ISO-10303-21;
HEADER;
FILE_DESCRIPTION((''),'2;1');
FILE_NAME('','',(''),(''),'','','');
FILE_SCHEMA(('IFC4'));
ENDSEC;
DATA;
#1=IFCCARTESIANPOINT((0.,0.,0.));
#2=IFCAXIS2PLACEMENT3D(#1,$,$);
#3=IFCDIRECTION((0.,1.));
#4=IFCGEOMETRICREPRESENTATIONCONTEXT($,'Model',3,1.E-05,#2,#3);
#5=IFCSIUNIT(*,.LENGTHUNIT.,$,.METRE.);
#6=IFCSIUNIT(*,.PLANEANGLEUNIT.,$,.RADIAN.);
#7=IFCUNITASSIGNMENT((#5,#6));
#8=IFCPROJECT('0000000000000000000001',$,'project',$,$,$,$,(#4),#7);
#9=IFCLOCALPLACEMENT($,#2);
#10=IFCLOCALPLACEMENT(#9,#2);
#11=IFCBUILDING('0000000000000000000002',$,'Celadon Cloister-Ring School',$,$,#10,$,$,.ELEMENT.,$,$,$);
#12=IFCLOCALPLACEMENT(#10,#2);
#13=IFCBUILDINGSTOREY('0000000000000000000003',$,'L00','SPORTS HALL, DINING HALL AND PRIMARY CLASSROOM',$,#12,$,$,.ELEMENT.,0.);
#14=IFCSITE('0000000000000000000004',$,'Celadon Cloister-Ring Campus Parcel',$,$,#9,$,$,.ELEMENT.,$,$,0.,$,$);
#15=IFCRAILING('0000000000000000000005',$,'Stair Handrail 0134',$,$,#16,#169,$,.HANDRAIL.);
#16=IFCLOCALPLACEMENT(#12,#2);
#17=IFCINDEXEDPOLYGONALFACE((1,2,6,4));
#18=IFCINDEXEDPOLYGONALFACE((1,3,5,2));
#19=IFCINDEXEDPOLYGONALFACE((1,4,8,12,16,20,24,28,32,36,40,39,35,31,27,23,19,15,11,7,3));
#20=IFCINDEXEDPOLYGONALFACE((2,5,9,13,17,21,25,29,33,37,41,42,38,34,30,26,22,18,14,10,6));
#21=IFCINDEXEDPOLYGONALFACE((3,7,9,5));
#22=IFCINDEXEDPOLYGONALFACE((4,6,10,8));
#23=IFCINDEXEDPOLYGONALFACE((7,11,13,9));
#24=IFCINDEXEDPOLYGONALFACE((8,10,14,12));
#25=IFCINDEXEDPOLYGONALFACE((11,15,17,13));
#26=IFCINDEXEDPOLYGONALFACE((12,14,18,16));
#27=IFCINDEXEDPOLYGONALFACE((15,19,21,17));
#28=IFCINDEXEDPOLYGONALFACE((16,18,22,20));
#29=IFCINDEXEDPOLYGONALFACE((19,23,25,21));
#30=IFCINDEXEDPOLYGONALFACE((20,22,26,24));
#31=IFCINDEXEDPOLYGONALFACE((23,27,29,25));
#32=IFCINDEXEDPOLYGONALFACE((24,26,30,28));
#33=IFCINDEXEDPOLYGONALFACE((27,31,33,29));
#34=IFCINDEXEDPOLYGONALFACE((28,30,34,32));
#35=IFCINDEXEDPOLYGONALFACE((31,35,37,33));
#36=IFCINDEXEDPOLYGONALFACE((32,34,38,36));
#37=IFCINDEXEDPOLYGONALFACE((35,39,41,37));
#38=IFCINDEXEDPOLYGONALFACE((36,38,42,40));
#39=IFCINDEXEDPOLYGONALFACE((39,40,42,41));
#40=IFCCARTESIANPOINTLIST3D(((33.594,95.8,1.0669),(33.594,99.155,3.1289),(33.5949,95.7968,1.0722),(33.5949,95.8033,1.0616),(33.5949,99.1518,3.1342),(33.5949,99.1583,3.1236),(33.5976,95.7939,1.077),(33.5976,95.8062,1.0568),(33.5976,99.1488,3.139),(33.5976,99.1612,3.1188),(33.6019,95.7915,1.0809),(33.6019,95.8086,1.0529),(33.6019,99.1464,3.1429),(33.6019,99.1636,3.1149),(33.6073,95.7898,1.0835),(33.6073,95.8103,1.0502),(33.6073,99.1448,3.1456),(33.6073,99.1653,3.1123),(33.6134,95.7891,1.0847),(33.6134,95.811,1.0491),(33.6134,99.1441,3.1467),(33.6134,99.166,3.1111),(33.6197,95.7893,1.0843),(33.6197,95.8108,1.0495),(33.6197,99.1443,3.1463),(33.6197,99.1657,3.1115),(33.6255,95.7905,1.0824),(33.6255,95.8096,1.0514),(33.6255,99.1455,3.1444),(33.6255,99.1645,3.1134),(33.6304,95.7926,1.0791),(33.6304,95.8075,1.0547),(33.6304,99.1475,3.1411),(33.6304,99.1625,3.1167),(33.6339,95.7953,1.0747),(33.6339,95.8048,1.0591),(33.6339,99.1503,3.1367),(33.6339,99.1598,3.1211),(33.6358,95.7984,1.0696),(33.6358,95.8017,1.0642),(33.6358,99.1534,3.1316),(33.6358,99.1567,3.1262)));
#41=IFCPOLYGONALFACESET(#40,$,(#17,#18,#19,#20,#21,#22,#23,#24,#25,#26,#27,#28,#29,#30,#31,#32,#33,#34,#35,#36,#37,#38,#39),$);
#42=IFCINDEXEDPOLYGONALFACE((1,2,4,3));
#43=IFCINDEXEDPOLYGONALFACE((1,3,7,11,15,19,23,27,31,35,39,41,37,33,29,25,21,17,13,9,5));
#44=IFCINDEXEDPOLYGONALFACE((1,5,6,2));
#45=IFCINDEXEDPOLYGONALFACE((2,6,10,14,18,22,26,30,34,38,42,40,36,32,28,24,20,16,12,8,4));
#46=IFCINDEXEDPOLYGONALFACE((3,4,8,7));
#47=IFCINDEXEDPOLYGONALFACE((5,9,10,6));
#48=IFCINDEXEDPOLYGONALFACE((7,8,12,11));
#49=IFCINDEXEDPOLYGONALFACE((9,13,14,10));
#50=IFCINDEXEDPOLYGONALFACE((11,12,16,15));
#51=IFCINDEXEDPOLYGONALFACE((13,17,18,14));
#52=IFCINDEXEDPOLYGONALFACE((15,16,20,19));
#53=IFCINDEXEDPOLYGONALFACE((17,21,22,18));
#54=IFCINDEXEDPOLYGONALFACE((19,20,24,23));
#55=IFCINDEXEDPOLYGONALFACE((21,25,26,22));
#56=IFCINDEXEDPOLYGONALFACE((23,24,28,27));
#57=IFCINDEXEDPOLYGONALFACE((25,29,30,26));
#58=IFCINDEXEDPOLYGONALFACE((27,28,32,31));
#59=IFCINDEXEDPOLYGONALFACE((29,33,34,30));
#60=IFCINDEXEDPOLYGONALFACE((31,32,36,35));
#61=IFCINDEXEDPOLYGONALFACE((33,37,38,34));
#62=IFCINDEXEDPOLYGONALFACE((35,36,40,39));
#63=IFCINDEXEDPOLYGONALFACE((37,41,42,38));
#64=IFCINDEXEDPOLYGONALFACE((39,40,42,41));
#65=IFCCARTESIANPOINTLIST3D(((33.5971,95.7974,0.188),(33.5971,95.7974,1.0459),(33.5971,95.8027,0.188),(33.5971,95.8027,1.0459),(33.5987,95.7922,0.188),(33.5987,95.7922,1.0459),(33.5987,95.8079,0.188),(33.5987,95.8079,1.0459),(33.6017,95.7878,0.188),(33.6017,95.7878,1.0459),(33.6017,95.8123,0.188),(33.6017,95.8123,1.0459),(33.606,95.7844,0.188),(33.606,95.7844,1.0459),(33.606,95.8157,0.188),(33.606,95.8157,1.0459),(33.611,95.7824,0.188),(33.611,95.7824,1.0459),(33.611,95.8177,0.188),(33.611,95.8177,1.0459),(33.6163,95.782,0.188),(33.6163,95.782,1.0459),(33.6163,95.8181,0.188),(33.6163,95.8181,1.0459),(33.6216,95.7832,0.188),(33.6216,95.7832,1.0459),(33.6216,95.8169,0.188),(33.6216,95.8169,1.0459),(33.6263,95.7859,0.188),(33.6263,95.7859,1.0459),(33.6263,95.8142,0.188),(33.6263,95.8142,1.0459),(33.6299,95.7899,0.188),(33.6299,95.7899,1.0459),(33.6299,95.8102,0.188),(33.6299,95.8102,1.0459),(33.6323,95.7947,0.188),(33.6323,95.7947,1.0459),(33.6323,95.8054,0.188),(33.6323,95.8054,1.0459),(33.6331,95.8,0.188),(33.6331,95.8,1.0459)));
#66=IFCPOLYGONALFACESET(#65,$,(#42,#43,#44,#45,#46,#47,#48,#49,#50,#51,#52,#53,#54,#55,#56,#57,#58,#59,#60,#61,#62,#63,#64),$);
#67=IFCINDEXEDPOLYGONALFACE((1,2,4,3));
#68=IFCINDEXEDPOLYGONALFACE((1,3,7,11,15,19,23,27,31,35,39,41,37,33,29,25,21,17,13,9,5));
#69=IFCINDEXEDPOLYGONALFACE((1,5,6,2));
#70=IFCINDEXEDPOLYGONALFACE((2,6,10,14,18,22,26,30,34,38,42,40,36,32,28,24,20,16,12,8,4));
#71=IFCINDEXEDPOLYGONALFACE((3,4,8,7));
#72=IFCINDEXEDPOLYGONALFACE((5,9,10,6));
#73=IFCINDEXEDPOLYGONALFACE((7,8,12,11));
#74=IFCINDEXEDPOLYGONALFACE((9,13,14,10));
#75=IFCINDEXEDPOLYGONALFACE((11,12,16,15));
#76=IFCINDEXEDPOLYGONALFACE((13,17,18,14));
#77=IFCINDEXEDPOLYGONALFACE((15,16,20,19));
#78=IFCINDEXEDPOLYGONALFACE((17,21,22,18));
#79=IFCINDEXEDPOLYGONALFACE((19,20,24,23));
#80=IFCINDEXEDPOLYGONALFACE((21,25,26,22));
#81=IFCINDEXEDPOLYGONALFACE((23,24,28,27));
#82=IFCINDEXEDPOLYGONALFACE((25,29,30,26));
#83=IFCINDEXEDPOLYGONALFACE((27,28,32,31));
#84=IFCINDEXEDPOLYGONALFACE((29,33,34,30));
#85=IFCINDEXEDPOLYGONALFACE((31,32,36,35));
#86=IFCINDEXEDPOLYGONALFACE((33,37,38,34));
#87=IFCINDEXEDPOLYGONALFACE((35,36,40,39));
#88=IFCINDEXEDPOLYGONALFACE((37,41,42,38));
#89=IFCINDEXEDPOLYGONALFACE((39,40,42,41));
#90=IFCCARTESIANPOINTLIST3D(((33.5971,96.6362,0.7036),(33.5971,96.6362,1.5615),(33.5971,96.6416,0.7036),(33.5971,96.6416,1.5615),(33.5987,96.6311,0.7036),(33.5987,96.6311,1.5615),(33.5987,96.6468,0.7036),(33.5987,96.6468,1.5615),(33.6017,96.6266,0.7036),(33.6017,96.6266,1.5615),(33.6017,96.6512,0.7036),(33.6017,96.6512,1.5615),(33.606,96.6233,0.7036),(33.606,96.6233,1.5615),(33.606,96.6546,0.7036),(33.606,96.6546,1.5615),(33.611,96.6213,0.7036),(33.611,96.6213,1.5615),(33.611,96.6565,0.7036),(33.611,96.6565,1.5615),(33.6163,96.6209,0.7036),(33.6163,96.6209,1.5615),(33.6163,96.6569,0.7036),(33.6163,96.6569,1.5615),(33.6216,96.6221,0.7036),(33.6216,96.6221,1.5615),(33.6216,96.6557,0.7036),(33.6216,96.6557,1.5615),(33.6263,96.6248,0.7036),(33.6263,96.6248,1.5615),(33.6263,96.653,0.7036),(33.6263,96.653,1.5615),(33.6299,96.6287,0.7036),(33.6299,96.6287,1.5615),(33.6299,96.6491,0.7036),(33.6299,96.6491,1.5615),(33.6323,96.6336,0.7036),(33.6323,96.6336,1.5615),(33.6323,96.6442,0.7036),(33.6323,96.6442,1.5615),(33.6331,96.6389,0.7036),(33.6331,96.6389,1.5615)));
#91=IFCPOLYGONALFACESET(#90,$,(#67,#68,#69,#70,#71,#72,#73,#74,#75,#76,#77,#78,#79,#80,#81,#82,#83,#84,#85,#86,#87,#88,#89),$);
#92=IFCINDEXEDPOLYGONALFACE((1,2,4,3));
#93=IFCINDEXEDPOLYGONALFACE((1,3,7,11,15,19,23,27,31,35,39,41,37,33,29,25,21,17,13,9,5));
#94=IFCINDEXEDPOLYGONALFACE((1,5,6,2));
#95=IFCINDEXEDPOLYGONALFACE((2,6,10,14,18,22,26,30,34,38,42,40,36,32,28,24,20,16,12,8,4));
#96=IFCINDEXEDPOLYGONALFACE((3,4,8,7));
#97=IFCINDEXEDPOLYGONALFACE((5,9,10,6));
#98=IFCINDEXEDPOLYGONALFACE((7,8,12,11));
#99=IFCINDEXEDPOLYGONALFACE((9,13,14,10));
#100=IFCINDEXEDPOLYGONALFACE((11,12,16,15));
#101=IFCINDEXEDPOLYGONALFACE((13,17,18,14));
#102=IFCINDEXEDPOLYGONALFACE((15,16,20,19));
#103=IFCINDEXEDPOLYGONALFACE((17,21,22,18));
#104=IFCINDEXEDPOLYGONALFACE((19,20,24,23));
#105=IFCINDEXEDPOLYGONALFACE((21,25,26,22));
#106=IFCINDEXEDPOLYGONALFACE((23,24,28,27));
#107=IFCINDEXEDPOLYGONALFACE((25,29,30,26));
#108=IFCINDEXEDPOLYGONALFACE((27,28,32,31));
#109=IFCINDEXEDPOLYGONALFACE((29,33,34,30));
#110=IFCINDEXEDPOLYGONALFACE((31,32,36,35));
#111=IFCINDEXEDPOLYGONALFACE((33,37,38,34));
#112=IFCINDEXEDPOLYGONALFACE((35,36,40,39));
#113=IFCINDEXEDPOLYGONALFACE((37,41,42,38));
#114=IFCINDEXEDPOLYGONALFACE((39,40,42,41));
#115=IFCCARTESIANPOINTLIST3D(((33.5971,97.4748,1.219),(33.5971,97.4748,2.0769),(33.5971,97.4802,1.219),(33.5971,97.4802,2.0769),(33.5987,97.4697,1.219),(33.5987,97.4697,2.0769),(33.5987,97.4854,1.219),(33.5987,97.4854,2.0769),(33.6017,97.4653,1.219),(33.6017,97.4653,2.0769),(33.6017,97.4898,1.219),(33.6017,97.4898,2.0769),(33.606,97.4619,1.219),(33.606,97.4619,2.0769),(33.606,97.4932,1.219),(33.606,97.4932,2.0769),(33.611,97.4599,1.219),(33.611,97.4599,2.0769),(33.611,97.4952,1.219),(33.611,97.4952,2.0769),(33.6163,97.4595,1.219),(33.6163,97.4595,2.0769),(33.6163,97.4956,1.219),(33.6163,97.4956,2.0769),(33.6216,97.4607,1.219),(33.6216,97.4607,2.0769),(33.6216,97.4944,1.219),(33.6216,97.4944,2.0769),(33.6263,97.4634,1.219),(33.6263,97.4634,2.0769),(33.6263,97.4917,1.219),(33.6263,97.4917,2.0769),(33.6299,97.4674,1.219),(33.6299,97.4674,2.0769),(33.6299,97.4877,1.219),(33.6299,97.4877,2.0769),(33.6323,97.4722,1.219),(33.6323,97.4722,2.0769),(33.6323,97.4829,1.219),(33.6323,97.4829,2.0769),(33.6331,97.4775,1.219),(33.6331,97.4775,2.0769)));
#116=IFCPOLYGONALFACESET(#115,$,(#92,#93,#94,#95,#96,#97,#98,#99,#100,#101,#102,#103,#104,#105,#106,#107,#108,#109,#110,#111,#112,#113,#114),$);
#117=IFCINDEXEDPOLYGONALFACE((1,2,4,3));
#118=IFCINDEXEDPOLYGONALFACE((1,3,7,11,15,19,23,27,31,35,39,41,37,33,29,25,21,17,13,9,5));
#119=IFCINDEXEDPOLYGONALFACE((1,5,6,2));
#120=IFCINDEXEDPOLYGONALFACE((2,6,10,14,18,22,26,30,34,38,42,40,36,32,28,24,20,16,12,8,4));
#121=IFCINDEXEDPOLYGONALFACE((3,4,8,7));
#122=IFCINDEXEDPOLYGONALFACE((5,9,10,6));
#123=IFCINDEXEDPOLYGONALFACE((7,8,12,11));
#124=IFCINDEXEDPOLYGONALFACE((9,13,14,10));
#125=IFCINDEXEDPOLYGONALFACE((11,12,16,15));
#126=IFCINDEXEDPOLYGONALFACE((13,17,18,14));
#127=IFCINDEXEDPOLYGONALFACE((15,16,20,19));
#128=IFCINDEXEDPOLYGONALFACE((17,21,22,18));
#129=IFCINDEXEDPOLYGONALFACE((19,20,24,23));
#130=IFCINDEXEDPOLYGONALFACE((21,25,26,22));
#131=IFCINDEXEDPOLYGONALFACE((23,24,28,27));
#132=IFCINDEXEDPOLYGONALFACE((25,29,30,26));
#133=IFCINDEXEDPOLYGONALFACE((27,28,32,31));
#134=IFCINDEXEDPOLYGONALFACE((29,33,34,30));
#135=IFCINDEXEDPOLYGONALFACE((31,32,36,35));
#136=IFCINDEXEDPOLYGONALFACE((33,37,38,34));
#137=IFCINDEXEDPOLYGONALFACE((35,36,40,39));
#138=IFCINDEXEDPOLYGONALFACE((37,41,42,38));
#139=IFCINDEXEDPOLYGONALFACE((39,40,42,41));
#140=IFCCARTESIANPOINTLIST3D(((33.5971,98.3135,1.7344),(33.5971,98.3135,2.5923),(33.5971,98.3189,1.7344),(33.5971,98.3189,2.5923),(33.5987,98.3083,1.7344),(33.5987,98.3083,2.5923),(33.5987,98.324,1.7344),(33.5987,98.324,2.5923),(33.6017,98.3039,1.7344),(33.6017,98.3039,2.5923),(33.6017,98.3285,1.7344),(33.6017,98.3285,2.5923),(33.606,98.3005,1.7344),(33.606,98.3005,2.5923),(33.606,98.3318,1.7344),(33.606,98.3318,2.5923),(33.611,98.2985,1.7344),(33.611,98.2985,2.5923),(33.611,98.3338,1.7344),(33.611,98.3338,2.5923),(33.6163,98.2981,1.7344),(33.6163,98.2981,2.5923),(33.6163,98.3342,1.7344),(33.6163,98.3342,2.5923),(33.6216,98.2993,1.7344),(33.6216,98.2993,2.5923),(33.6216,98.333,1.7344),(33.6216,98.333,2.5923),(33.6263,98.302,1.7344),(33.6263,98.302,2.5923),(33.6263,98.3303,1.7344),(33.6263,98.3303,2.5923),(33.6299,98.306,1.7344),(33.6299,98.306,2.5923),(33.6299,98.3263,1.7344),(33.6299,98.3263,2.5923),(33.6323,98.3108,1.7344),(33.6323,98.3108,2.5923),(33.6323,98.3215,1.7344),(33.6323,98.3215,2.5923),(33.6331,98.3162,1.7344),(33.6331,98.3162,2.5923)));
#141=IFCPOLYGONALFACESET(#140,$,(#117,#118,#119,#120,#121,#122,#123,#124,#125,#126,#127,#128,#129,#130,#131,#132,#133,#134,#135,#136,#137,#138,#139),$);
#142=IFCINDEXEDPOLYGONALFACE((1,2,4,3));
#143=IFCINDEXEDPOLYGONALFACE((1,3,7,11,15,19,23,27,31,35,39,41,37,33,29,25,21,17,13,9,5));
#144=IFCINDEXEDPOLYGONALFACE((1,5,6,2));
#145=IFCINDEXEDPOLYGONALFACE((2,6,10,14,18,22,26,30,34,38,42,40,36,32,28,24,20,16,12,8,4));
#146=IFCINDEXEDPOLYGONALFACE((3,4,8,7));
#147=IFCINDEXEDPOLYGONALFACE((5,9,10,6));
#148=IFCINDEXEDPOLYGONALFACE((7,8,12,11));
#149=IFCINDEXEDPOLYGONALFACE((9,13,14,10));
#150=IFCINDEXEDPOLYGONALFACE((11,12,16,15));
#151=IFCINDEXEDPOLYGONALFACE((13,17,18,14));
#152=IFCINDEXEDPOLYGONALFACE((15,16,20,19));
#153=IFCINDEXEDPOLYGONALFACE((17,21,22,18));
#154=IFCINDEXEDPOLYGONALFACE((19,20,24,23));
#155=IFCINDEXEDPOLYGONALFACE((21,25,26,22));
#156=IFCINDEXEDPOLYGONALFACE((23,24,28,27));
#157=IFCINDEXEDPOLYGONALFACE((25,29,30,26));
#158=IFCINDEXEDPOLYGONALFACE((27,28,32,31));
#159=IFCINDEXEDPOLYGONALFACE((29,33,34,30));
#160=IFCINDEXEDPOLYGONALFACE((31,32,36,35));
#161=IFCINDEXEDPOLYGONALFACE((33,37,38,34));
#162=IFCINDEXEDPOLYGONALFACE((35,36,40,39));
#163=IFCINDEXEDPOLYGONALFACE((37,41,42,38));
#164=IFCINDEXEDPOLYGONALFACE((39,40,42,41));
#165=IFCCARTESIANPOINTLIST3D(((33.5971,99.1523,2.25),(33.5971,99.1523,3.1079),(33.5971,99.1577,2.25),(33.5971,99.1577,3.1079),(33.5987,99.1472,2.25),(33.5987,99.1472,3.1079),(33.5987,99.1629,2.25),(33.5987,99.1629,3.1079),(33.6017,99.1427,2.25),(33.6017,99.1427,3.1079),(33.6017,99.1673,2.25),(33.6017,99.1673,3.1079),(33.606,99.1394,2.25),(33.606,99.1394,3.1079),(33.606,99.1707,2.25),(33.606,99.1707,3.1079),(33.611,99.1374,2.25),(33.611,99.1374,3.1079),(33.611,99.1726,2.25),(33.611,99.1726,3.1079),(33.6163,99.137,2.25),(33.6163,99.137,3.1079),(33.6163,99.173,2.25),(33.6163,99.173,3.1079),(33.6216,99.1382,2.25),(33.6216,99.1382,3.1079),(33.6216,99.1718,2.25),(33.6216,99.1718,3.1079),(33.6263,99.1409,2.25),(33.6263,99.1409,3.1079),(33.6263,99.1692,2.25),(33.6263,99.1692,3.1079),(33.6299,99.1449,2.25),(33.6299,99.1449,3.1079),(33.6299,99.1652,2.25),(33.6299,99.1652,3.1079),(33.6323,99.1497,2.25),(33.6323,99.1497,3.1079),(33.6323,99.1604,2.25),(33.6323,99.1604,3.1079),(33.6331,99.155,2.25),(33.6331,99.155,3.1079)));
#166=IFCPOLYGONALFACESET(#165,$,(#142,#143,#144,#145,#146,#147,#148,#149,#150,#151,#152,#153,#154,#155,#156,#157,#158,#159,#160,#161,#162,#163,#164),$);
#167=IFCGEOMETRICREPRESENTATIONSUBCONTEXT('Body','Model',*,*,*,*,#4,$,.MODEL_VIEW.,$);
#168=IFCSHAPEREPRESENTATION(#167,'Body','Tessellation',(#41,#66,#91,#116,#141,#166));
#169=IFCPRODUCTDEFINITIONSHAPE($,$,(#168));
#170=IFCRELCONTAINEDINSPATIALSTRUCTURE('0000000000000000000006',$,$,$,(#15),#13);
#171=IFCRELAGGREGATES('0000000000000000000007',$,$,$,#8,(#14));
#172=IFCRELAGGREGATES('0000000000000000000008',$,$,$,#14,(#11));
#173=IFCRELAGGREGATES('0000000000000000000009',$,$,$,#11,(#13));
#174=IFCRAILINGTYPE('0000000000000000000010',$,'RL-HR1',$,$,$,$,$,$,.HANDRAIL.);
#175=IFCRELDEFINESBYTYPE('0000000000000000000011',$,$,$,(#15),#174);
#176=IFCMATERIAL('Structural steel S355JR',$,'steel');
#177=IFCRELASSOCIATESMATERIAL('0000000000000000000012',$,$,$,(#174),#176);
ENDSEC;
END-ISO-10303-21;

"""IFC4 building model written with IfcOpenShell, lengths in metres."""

from ifc_helpers import new_model, si_unit, direction, frame, origin, origin_2d, place, context, subcontext, project, spatial, circle, extrude, material, type_object, element, save


model = new_model("IFC4")

# Units and contexts
model_context = context("Model", 3, precision=1e-05, world=origin(), true_north=direction((0.0, 1.0)))
body_context = subcontext(model_context, "Body", "Model", "MODEL_VIEW")
ifc_project = project(units=[si_unit("LENGTHUNIT", "METRE"), si_unit("PLANEANGLEUNIT", "RADIAN")], contexts=[model_context])

# Site, building, storey
site_placement = place(None, origin())
site = spatial("IfcSite", under=ifc_project, at=site_placement, Name="Celadon Cloister-Ring Campus Parcel", CompositionType="ELEMENT", RefElevation=0.0)
building_placement = place(site_placement, origin())
building = spatial("IfcBuilding", under=site, at=building_placement, Name="Celadon Cloister-Ring School", CompositionType="ELEMENT")
storey_placement = place(building_placement, origin())
storey = spatial("IfcBuildingStorey", under=building, at=storey_placement, Name="L00", Description="SPORTS HALL, DINING HALL AND PRIMARY CLASSROOM", CompositionType="ELEMENT", Elevation=0.0)

# Railing
ifc_material_1 = material(Name="Structural steel S355JR", Category="steel")
railing_type = type_object("IfcRailingType", Name="RL-HR1", PredefinedType="HANDRAIL", material=ifc_material_1)
railing_placement = place(storey_placement, frame((33.615, 95.8, 0.188)))
element("IfcRailing", 1, at=railing_placement, inside=storey, type_object=railing_type, Name="Stair Handrail 0134", PredefinedType="HANDRAIL", context=body_context, shape_type="SweptSolid", body=[
    extrude(circle(Radius=0.021, at=origin_2d()), frame((0.0, 0.0, 0.8789), z_axis=(0.0, 0.851952, 0.52362), x_axis=(-1.0, 0.0, 0.0)), (0.0, 0.0, 1.0), 3.938),
    extrude(circle(Radius=0.0181, at=origin_2d()), origin(), (0.0, 0.0, 1.0), 0.8579),
    extrude(circle(Radius=0.0181, at=origin_2d()), frame((0.0, 0.8389, 0.5156)), (0.0, 0.0, 1.0), 0.8579),
    extrude(circle(Radius=0.0181, at=origin_2d()), frame((0.0, 1.6775, 1.031)), (0.0, 0.0, 1.0), 0.8579),
    extrude(circle(Radius=0.0181, at=origin_2d()), frame((0.0, 2.5161, 1.5464)), (0.0, 0.0, 1.0), 0.8579),
    extrude(circle(Radius=0.0181, at=origin_2d()), frame((0.0, 3.355, 2.062)), (0.0, 0.0, 1.0), 0.8579),
])

save(model, "model.ifc")
